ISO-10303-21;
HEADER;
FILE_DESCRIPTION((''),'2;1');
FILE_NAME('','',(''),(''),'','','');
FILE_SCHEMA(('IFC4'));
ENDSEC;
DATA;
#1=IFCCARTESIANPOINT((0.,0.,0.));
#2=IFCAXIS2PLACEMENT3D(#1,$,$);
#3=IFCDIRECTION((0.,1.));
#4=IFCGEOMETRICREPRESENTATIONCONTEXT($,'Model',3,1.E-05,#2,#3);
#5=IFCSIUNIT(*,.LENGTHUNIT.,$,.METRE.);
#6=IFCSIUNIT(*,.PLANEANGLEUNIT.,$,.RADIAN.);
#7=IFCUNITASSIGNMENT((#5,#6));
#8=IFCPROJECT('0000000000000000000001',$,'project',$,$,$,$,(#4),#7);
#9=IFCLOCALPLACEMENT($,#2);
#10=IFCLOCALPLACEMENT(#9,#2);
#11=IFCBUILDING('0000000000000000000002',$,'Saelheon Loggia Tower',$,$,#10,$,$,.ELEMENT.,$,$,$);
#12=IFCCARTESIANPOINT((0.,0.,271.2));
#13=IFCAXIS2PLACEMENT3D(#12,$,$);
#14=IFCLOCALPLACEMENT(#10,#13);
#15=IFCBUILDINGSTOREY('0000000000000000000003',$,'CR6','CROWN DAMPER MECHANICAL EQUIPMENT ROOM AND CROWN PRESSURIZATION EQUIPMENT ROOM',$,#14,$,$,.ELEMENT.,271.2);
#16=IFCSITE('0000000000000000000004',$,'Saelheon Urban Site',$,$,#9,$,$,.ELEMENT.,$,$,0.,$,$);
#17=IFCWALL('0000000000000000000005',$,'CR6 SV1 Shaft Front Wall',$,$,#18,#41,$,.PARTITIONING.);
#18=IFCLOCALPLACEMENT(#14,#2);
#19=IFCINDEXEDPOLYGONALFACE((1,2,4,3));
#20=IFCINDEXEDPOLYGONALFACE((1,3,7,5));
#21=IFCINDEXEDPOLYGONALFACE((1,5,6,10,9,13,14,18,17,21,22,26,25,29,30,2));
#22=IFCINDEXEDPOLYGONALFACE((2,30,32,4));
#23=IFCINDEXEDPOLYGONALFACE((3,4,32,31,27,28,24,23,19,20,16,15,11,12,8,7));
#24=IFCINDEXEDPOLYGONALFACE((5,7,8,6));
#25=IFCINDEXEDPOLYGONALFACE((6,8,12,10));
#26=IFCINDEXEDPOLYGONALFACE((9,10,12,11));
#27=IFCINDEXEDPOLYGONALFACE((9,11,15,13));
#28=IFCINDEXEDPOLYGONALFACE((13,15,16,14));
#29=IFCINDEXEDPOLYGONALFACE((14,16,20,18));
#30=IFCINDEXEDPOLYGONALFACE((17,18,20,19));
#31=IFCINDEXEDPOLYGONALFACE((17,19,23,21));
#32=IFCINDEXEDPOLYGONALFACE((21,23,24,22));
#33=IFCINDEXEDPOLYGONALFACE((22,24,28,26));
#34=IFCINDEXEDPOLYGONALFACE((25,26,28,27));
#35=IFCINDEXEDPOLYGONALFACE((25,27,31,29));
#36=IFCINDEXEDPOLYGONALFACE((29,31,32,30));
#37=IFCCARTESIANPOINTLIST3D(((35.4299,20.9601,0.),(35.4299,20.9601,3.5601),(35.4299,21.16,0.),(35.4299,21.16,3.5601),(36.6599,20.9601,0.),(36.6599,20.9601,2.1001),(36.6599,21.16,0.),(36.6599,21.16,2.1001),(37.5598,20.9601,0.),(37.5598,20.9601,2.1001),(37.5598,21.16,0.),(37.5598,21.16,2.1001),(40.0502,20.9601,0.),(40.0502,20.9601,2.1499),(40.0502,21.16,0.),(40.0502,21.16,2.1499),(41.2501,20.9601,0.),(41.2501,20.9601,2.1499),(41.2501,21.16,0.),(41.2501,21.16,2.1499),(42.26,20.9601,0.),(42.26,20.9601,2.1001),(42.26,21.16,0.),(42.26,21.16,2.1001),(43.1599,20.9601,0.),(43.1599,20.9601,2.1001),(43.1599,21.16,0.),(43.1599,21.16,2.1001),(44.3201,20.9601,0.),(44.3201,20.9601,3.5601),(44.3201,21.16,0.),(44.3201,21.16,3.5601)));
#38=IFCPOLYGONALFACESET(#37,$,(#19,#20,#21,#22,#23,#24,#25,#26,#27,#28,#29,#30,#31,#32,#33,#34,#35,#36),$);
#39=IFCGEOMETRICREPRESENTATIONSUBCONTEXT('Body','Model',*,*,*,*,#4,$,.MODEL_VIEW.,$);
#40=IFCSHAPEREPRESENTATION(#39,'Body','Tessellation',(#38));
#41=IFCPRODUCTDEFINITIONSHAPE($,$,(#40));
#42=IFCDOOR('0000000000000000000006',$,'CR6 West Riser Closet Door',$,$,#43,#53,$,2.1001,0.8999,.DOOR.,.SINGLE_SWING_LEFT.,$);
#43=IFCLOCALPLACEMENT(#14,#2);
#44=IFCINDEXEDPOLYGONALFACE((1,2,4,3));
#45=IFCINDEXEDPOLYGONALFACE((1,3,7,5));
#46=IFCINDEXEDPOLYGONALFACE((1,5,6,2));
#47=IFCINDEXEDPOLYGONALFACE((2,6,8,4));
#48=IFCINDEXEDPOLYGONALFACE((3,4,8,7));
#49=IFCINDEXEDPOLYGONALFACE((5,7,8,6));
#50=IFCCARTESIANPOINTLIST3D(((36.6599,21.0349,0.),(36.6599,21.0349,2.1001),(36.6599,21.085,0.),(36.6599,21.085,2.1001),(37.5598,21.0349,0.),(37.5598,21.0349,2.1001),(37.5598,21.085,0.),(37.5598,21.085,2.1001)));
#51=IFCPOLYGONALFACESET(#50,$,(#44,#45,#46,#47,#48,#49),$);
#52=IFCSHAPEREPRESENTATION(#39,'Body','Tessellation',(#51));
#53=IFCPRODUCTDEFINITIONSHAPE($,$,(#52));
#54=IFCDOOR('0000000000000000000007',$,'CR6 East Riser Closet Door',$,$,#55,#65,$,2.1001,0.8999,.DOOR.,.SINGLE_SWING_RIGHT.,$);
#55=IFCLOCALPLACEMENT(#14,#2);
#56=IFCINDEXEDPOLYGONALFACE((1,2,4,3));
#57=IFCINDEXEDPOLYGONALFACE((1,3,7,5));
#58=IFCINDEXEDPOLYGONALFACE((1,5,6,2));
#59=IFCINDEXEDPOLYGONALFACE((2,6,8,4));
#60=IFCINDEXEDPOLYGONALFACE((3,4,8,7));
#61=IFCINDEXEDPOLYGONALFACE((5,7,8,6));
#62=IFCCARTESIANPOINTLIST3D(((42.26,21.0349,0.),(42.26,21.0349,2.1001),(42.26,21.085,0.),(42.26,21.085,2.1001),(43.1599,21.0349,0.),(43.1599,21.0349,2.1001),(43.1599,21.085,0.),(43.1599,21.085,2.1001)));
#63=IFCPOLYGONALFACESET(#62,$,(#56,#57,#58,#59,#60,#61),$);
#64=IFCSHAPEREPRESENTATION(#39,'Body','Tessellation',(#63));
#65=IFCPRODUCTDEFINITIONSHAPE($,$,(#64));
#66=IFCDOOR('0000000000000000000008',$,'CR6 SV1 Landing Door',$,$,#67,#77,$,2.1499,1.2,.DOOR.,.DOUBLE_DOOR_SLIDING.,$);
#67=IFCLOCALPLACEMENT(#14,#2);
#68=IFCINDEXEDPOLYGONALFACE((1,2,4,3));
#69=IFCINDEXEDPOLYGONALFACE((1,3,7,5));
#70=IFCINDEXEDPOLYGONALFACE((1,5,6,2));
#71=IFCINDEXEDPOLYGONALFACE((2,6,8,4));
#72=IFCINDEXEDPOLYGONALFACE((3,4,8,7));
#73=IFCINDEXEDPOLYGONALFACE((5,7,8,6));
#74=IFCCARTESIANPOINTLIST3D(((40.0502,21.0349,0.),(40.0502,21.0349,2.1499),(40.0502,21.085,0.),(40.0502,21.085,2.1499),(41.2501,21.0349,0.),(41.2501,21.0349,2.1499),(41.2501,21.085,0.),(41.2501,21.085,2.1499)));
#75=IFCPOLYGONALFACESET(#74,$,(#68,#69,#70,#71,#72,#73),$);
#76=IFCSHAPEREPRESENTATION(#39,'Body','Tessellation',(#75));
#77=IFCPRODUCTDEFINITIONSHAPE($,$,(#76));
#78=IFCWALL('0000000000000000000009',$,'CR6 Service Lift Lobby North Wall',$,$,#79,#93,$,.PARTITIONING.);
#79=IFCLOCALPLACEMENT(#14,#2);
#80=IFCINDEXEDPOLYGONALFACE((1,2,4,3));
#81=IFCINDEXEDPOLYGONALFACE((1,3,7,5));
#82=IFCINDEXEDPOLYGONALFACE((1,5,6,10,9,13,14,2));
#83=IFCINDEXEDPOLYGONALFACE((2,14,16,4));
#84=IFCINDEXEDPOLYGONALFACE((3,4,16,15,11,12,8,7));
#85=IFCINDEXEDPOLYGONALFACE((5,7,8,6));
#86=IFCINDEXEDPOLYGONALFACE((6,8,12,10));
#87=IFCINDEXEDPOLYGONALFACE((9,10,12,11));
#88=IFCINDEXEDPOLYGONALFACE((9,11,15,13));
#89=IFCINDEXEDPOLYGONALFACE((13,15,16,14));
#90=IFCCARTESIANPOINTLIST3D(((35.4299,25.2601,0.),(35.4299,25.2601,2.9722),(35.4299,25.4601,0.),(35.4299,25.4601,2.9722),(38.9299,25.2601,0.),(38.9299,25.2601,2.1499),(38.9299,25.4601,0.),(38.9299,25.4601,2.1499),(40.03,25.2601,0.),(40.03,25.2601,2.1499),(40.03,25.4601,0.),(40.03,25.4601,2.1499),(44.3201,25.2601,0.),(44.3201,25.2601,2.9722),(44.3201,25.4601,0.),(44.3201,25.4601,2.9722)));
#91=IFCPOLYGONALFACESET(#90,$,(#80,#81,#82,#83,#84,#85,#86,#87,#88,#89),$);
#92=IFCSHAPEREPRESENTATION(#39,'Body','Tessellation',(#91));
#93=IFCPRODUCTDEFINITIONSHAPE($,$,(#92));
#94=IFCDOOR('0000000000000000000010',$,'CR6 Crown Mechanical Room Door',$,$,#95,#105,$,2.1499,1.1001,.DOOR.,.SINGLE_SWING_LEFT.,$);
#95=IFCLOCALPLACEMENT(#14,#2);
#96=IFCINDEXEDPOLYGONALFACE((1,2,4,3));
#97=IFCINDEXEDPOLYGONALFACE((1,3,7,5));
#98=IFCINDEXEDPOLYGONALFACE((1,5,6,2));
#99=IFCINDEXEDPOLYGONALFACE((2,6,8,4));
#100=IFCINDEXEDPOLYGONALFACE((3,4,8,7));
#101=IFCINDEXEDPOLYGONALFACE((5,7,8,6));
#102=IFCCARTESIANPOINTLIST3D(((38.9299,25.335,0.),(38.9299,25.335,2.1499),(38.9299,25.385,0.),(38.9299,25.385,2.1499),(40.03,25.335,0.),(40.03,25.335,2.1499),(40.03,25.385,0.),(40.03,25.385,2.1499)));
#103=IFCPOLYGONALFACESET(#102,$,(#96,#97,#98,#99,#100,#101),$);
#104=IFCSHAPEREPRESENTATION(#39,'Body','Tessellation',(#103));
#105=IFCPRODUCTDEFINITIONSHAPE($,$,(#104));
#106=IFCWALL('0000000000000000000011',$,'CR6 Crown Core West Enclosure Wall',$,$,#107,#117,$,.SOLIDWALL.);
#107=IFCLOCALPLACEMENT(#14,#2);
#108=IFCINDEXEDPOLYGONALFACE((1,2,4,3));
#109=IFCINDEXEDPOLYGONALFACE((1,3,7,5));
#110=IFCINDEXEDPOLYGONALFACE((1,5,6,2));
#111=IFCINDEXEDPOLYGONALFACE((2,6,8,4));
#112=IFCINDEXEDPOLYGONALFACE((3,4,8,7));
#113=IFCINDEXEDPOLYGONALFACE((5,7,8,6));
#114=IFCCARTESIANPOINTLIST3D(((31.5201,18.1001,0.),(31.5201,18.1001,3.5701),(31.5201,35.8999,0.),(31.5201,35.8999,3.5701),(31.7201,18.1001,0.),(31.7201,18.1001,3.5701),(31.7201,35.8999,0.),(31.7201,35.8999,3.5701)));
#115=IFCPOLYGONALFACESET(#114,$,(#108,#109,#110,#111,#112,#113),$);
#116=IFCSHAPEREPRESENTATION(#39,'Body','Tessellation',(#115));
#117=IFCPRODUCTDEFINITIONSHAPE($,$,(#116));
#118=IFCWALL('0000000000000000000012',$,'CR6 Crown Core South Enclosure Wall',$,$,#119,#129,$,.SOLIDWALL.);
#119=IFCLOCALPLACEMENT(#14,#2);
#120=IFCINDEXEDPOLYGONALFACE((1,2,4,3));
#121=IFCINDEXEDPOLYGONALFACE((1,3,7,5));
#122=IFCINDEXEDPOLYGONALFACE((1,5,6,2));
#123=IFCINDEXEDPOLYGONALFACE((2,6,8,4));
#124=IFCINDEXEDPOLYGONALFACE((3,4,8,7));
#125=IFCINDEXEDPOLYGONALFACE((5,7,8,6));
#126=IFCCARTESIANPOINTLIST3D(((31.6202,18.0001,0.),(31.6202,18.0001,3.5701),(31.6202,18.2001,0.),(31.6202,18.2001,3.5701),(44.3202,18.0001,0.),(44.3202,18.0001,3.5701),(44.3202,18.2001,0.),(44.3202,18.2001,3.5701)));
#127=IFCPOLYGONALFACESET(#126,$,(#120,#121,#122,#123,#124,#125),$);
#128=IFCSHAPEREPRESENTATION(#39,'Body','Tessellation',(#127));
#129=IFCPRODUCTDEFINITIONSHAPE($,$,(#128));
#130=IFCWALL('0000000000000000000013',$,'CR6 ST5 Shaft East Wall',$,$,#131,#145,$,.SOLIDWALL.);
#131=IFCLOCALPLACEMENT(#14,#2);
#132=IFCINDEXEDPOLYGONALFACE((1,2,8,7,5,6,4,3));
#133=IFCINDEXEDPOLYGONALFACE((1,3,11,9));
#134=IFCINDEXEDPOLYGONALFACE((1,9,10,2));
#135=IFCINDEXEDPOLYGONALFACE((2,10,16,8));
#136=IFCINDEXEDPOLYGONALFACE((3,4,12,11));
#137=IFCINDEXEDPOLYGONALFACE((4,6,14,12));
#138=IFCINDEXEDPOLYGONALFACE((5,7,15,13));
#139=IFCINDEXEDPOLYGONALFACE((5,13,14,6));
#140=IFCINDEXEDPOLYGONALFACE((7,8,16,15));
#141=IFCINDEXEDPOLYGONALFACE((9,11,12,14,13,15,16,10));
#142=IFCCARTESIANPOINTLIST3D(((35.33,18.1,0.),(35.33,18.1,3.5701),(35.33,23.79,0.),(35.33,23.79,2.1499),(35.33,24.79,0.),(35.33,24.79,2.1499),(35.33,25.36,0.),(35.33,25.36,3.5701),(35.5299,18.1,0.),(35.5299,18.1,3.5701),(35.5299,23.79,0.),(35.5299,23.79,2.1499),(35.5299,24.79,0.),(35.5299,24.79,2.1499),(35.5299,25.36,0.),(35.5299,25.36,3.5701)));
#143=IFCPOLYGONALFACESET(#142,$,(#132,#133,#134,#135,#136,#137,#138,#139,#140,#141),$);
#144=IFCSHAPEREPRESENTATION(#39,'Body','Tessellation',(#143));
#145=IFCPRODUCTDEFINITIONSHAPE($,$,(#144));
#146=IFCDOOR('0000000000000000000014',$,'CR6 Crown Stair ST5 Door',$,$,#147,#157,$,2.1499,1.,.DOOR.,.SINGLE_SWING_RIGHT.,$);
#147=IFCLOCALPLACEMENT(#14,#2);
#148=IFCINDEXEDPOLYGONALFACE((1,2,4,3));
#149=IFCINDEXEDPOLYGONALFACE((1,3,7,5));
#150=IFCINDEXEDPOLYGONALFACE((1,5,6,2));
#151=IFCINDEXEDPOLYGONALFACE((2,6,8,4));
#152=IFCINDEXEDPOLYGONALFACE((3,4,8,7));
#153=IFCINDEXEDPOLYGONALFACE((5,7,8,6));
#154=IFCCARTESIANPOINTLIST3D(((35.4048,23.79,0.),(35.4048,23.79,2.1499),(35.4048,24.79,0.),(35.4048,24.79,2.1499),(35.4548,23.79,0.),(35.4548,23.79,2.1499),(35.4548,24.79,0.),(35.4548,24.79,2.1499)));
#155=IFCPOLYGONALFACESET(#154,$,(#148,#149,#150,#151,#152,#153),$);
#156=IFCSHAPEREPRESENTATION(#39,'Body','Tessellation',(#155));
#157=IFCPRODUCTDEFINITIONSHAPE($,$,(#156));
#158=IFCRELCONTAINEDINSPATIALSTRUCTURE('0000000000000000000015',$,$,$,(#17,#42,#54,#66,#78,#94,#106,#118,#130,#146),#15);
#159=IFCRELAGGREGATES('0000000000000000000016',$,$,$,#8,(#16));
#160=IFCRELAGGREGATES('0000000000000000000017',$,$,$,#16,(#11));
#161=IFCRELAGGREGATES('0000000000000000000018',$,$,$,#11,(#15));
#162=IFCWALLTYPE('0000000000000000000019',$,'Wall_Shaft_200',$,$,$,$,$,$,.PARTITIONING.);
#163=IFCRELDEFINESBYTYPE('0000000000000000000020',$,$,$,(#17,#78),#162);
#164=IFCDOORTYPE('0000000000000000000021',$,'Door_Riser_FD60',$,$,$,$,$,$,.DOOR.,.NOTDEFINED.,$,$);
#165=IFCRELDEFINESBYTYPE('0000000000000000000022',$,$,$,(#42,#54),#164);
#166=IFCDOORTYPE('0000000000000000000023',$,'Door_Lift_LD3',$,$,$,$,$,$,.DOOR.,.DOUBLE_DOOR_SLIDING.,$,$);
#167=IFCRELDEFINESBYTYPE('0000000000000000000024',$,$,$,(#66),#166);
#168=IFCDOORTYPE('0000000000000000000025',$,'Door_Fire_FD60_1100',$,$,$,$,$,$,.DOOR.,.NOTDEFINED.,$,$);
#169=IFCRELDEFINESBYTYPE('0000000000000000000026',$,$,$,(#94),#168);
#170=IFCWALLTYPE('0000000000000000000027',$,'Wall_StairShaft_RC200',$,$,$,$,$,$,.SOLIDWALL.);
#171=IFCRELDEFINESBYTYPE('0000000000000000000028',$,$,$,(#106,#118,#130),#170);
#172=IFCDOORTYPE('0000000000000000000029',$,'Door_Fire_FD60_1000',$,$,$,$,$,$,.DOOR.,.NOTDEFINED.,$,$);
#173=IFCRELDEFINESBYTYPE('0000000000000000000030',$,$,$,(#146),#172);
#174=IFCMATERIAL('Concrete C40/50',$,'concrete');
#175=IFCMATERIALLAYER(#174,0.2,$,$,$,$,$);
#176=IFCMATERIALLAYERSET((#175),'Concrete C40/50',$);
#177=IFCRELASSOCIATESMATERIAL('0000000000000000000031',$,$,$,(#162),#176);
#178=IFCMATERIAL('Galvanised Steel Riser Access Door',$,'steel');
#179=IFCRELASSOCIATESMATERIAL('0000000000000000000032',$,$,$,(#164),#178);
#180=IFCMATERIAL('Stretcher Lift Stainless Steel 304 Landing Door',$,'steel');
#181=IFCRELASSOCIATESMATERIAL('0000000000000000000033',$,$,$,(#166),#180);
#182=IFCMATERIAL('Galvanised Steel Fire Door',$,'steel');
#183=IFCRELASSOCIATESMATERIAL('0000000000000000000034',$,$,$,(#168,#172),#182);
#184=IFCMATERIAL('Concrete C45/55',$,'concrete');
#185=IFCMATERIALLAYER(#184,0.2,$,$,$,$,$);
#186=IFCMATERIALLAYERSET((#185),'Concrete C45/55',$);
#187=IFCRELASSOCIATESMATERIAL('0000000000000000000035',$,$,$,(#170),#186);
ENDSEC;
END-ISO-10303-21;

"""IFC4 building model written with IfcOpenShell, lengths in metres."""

from ifc_helpers import new_model, si_unit, direction, frame, frame_2d, origin, place, context, subcontext, project, spatial, rectangle, extrude, source, transform, mapped, material, layer, layer_set, type_object, element, fill, save


model = new_model("IFC4")

# Units and contexts
model_context = context("Model", 3, precision=1e-05, world=origin(), true_north=direction((0.0, 1.0)))
body_context = subcontext(model_context, "Body", "Model", "MODEL_VIEW")
ifc_project = project(units=[si_unit("LENGTHUNIT", "METRE"), si_unit("PLANEANGLEUNIT", "RADIAN")], contexts=[model_context])

# Site, building, storey
site_placement = place(None, origin())
site = spatial("IfcSite", under=ifc_project, at=site_placement, Name="Saelheon Urban Site", CompositionType="ELEMENT", RefElevation=0.0)
building_placement = place(site_placement, origin())
building = spatial("IfcBuilding", under=site, at=building_placement, Name="Saelheon Loggia Tower", CompositionType="ELEMENT")
storey_placement = place(building_placement, frame((0.0, 0.0, 271.2)))
storey = spatial("IfcBuildingStorey", under=building, at=storey_placement, Name="CR6", Description="CROWN DAMPER MECHANICAL EQUIPMENT ROOM AND CROWN PRESSURIZATION EQUIPMENT ROOM", CompositionType="ELEMENT", Elevation=271.2)

# Wall, openings, doors
ifc_material_1 = material(Name="Concrete C40/50", Category="concrete")
ifc_layer_1 = layer(ifc_material_1, 0.2)
ifc_layer_set_1 = layer_set([ifc_layer_1], Name="Concrete C40/50")
wall_type_1 = type_object("IfcWallType", Name="Wall_Shaft_200", PredefinedType="PARTITIONING", material=ifc_layer_set_1)
wall_1_placement = place(storey_placement, frame((35.4299, 21.0601, 0.0), z_axis=(0.0, 0.0, 1.0), x_axis=(1.0, 0.0, 0.0)))
wall_1 = element("IfcWall", 1, at=wall_1_placement, inside=storey, type_object=wall_type_1, Name="CR6 SV1 Shaft Front Wall", PredefinedType="PARTITIONING", context=body_context, shape_type="SweptSolid", body=[
    extrude(rectangle(XDim=8.8901, YDim=0.2, at=frame_2d((4.4451, 0.0))), origin(), (0.0, 0.0, 1.0), 3.5601),
])
opening_1_placement = place(wall_1_placement, frame((1.23, 0.0, 0.0)))
opening_1 = element("IfcOpeningElement", 2, at=opening_1_placement, cuts=wall_1, PredefinedType="OPENING", context=body_context, shape_type="SweptSolid", body=[
    extrude(rectangle(XDim=0.8999, YDim=2.1001, at=frame_2d((0.45, 1.05))), frame((0.0, 0.1121, 0.0), z_axis=(0.0, -1.0, 0.0), x_axis=(1.0, 0.0, 0.0)), (0.0, 0.0, 1.0), 0.2239),
])
opening_2_placement = place(wall_1_placement, frame((4.6201, 0.0, 0.0)))
opening_2 = element("IfcOpeningElement", 3, at=opening_2_placement, cuts=wall_1, PredefinedType="OPENING", context=body_context, shape_type="SweptSolid", body=[
    extrude(rectangle(XDim=1.2, YDim=2.1499, at=frame_2d((0.6001, 1.075))), frame((0.0, 0.1121, 0.0), z_axis=(0.0, -1.0, 0.0), x_axis=(1.0, 0.0, 0.0)), (0.0, 0.0, 1.0), 0.2239),
])
opening_3_placement = place(wall_1_placement, frame((6.8301, 0.0, 0.0)))
opening_3 = element("IfcOpeningElement", 4, at=opening_3_placement, cuts=wall_1, PredefinedType="OPENING", context=body_context, shape_type="SweptSolid", body=[
    extrude(rectangle(XDim=0.8999, YDim=2.1001, at=frame_2d((0.45, 1.05))), frame((0.0, 0.1121, 0.0), z_axis=(0.0, -1.0, 0.0), x_axis=(1.0, 0.0, 0.0)), (0.0, 0.0, 1.0), 0.2239),
])
ifc_material_2 = material(Name="Galvanised Steel Riser Access Door", Category="steel")
door_type_1 = type_object("IfcDoorType", Name="Door_Riser_FD60", OperationType="NOTDEFINED", PredefinedType="DOOR", material=ifc_material_2)
shared_shape_1 = source(origin(), body_context, "Body", "SweptSolid", [
    extrude(rectangle(XDim=0.8999, YDim=2.1001, at=frame_2d((0.45, 1.05))), frame((0.0, 0.0249, 0.0), z_axis=(0.0, -1.0, 0.0), x_axis=(1.0, 0.0, 0.0)), (0.0, 0.0, 1.0), 0.05),
])
door_1_placement = place(opening_1_placement, origin())
door_1 = element("IfcDoor", 5, at=door_1_placement, inside=storey, type_object=door_type_1, Name="CR6 West Riser Closet Door", OperationType="SINGLE_SWING_LEFT", OverallHeight=2.1001, OverallWidth=0.8999, PredefinedType="DOOR", context=body_context, shape_type="MappedRepresentation", body=[
    mapped(shared_shape_1, transform((0.0, 0.0, 0.0), scale=1.0)),
])
fill(opening_1, door_1)
door_2_placement = place(opening_3_placement, origin())
door_2 = element("IfcDoor", 6, at=door_2_placement, inside=storey, type_object=door_type_1, Name="CR6 East Riser Closet Door", OperationType="SINGLE_SWING_RIGHT", OverallHeight=2.1001, OverallWidth=0.8999, PredefinedType="DOOR", context=body_context, shape_type="MappedRepresentation", body=[
    mapped(shared_shape_1, transform((0.0, 0.0, 0.0), scale=1.0)),
])
fill(opening_3, door_2)
ifc_material_3 = material(Name="Stretcher Lift Stainless Steel 304 Landing Door", Category="steel")
door_type_2 = type_object("IfcDoorType", Name="Door_Lift_LD3", OperationType="DOUBLE_DOOR_SLIDING", PredefinedType="DOOR", material=ifc_material_3)
shared_shape_2 = source(origin(), body_context, "Body", "SweptSolid", [
    extrude(rectangle(XDim=1.2, YDim=2.1499, at=frame_2d((0.6001, 1.075))), frame((0.0, 0.0249, 0.0), z_axis=(0.0, -1.0, 0.0), x_axis=(1.0, 0.0, 0.0)), (0.0, 0.0, 1.0), 0.05),
])
door_3_placement = place(opening_2_placement, origin())
door_3 = element("IfcDoor", 7, at=door_3_placement, inside=storey, type_object=door_type_2, Name="CR6 SV1 Landing Door", OperationType="DOUBLE_DOOR_SLIDING", OverallHeight=2.1499, OverallWidth=1.2, PredefinedType="DOOR", context=body_context, shape_type="MappedRepresentation", body=[
    mapped(shared_shape_2, transform((0.0, 0.0, 0.0), scale=1.0)),
])
fill(opening_2, door_3)

# Wall, opening, door
wall_2_placement = place(storey_placement, frame((35.4299, 25.3601, 0.0), z_axis=(0.0, 0.0, 1.0), x_axis=(1.0, 0.0, 0.0)))
wall_2 = element("IfcWall", 8, at=wall_2_placement, inside=storey, type_object=wall_type_1, Name="CR6 Service Lift Lobby North Wall", PredefinedType="PARTITIONING", context=body_context, shape_type="SweptSolid", body=[
    extrude(rectangle(XDim=8.8901, YDim=0.2, at=frame_2d((4.4451, 0.0))), origin(), (0.0, 0.0, 1.0), 2.9722),
])
opening_4_placement = place(wall_2_placement, frame((3.5, 0.0, 0.0)))
opening_4 = element("IfcOpeningElement", 9, at=opening_4_placement, cuts=wall_2, PredefinedType="OPENING", context=body_context, shape_type="SweptSolid", body=[
    extrude(rectangle(XDim=1.1001, YDim=2.1499, at=frame_2d((0.55, 1.075))), frame((0.0, 0.1121, 0.0), z_axis=(0.0, -1.0, 0.0), x_axis=(1.0, 0.0, 0.0)), (0.0, 0.0, 1.0), 0.2239),
])
ifc_material_4 = material(Name="Galvanised Steel Fire Door", Category="steel")
door_type_3 = type_object("IfcDoorType", Name="Door_Fire_FD60_1100", OperationType="NOTDEFINED", PredefinedType="DOOR", material=ifc_material_4)
shared_shape_3 = source(origin(), body_context, "Body", "SweptSolid", [
    extrude(rectangle(XDim=1.1001, YDim=2.1499, at=frame_2d((0.55, 1.075))), frame((0.0, 0.0249, 0.0), z_axis=(0.0, -1.0, 0.0), x_axis=(1.0, 0.0, 0.0)), (0.0, 0.0, 1.0), 0.05),
])
door_4_placement = place(opening_4_placement, origin())
door_4 = element("IfcDoor", 10, at=door_4_placement, inside=storey, type_object=door_type_3, Name="CR6 Crown Mechanical Room Door", OperationType="SINGLE_SWING_LEFT", OverallHeight=2.1499, OverallWidth=1.1001, PredefinedType="DOOR", context=body_context, shape_type="MappedRepresentation", body=[
    mapped(shared_shape_3, transform((0.0, 0.0, 0.0), scale=1.0)),
])
fill(opening_4, door_4)

# Walls
ifc_material_5 = material(Name="Concrete C45/55", Category="concrete")
ifc_layer_2 = layer(ifc_material_5, 0.2)
ifc_layer_set_2 = layer_set([ifc_layer_2], Name="Concrete C45/55")
wall_type_2 = type_object("IfcWallType", Name="Wall_StairShaft_RC200", PredefinedType="SOLIDWALL", material=ifc_layer_set_2)
wall_3_placement = place(storey_placement, frame((31.6201, 18.1001, 0.0), z_axis=(0.0, 0.0, 1.0), x_axis=(0.0, 1.0, 0.0)))
element("IfcWall", 11, at=wall_3_placement, inside=storey, type_object=wall_type_2, Name="CR6 Crown Core West Enclosure Wall", PredefinedType="SOLIDWALL", context=body_context, shape_type="SweptSolid", body=[
    extrude(rectangle(XDim=17.7998, YDim=0.2, at=frame_2d((8.8999, 0.0))), origin(), (0.0, 0.0, 1.0), 3.5701),
])
wall_4_placement = place(storey_placement, frame((31.6201, 18.1001, 0.0), z_axis=(0.0, 0.0, 1.0), x_axis=(1.0, 0.0, 0.0)))
element("IfcWall", 12, at=wall_4_placement, inside=storey, type_object=wall_type_2, Name="CR6 Crown Core South Enclosure Wall", PredefinedType="SOLIDWALL", context=body_context, shape_type="SweptSolid", body=[
    extrude(rectangle(XDim=12.7, YDim=0.2, at=frame_2d((6.3501, 0.0))), origin(), (0.0, 0.0, 1.0), 3.5701),
])

# Wall, opening, door
wall_5_placement = place(storey_placement, frame((35.4299, 18.1001, 0.0), z_axis=(0.0, 0.0, 1.0), x_axis=(0.0, 1.0, 0.0)))
wall_5 = element("IfcWall", 13, at=wall_5_placement, inside=storey, type_object=wall_type_2, Name="CR6 ST5 Shaft East Wall", PredefinedType="SOLIDWALL", context=body_context, shape_type="SweptSolid", body=[
    extrude(rectangle(XDim=7.26, YDim=0.2, at=frame_2d((3.6299, 0.0))), origin(), (0.0, 0.0, 1.0), 3.5701),
])
opening_5_placement = place(wall_5_placement, frame((6.6899, 0.0, 0.0), z_axis=(0.0, 0.0, 1.0), x_axis=(-1.0, 0.0, 0.0)))
opening_5 = element("IfcOpeningElement", 14, at=opening_5_placement, cuts=wall_5, PredefinedType="OPENING", context=body_context, shape_type="SweptSolid", body=[
    extrude(rectangle(XDim=1.0, YDim=2.1499, at=frame_2d((0.5, 1.075))), frame((0.0, 0.1121, 0.0), z_axis=(0.0, -1.0, 0.0), x_axis=(1.0, 0.0, 0.0)), (0.0, 0.0, 1.0), 0.2239),
])
door_type_4 = type_object("IfcDoorType", Name="Door_Fire_FD60_1000", OperationType="NOTDEFINED", PredefinedType="DOOR", material=ifc_material_4)
shared_shape_4 = source(origin(), body_context, "Body", "SweptSolid", [
    extrude(rectangle(XDim=1.0, YDim=2.1499, at=frame_2d((0.5, 1.075))), frame((0.0, 0.0249, 0.0), z_axis=(0.0, -1.0, 0.0), x_axis=(1.0, 0.0, 0.0)), (0.0, 0.0, 1.0), 0.05),
])
door_5_placement = place(opening_5_placement, origin())
door_5 = element("IfcDoor", 15, at=door_5_placement, inside=storey, type_object=door_type_4, Name="CR6 Crown Stair ST5 Door", OperationType="SINGLE_SWING_RIGHT", OverallHeight=2.1499, OverallWidth=1.0, PredefinedType="DOOR", context=body_context, shape_type="MappedRepresentation", body=[
    mapped(shared_shape_4, transform((0.0, 0.0, 0.0), scale=1.0)),
])
fill(opening_5, door_5)

save(model, "model.ifc")
